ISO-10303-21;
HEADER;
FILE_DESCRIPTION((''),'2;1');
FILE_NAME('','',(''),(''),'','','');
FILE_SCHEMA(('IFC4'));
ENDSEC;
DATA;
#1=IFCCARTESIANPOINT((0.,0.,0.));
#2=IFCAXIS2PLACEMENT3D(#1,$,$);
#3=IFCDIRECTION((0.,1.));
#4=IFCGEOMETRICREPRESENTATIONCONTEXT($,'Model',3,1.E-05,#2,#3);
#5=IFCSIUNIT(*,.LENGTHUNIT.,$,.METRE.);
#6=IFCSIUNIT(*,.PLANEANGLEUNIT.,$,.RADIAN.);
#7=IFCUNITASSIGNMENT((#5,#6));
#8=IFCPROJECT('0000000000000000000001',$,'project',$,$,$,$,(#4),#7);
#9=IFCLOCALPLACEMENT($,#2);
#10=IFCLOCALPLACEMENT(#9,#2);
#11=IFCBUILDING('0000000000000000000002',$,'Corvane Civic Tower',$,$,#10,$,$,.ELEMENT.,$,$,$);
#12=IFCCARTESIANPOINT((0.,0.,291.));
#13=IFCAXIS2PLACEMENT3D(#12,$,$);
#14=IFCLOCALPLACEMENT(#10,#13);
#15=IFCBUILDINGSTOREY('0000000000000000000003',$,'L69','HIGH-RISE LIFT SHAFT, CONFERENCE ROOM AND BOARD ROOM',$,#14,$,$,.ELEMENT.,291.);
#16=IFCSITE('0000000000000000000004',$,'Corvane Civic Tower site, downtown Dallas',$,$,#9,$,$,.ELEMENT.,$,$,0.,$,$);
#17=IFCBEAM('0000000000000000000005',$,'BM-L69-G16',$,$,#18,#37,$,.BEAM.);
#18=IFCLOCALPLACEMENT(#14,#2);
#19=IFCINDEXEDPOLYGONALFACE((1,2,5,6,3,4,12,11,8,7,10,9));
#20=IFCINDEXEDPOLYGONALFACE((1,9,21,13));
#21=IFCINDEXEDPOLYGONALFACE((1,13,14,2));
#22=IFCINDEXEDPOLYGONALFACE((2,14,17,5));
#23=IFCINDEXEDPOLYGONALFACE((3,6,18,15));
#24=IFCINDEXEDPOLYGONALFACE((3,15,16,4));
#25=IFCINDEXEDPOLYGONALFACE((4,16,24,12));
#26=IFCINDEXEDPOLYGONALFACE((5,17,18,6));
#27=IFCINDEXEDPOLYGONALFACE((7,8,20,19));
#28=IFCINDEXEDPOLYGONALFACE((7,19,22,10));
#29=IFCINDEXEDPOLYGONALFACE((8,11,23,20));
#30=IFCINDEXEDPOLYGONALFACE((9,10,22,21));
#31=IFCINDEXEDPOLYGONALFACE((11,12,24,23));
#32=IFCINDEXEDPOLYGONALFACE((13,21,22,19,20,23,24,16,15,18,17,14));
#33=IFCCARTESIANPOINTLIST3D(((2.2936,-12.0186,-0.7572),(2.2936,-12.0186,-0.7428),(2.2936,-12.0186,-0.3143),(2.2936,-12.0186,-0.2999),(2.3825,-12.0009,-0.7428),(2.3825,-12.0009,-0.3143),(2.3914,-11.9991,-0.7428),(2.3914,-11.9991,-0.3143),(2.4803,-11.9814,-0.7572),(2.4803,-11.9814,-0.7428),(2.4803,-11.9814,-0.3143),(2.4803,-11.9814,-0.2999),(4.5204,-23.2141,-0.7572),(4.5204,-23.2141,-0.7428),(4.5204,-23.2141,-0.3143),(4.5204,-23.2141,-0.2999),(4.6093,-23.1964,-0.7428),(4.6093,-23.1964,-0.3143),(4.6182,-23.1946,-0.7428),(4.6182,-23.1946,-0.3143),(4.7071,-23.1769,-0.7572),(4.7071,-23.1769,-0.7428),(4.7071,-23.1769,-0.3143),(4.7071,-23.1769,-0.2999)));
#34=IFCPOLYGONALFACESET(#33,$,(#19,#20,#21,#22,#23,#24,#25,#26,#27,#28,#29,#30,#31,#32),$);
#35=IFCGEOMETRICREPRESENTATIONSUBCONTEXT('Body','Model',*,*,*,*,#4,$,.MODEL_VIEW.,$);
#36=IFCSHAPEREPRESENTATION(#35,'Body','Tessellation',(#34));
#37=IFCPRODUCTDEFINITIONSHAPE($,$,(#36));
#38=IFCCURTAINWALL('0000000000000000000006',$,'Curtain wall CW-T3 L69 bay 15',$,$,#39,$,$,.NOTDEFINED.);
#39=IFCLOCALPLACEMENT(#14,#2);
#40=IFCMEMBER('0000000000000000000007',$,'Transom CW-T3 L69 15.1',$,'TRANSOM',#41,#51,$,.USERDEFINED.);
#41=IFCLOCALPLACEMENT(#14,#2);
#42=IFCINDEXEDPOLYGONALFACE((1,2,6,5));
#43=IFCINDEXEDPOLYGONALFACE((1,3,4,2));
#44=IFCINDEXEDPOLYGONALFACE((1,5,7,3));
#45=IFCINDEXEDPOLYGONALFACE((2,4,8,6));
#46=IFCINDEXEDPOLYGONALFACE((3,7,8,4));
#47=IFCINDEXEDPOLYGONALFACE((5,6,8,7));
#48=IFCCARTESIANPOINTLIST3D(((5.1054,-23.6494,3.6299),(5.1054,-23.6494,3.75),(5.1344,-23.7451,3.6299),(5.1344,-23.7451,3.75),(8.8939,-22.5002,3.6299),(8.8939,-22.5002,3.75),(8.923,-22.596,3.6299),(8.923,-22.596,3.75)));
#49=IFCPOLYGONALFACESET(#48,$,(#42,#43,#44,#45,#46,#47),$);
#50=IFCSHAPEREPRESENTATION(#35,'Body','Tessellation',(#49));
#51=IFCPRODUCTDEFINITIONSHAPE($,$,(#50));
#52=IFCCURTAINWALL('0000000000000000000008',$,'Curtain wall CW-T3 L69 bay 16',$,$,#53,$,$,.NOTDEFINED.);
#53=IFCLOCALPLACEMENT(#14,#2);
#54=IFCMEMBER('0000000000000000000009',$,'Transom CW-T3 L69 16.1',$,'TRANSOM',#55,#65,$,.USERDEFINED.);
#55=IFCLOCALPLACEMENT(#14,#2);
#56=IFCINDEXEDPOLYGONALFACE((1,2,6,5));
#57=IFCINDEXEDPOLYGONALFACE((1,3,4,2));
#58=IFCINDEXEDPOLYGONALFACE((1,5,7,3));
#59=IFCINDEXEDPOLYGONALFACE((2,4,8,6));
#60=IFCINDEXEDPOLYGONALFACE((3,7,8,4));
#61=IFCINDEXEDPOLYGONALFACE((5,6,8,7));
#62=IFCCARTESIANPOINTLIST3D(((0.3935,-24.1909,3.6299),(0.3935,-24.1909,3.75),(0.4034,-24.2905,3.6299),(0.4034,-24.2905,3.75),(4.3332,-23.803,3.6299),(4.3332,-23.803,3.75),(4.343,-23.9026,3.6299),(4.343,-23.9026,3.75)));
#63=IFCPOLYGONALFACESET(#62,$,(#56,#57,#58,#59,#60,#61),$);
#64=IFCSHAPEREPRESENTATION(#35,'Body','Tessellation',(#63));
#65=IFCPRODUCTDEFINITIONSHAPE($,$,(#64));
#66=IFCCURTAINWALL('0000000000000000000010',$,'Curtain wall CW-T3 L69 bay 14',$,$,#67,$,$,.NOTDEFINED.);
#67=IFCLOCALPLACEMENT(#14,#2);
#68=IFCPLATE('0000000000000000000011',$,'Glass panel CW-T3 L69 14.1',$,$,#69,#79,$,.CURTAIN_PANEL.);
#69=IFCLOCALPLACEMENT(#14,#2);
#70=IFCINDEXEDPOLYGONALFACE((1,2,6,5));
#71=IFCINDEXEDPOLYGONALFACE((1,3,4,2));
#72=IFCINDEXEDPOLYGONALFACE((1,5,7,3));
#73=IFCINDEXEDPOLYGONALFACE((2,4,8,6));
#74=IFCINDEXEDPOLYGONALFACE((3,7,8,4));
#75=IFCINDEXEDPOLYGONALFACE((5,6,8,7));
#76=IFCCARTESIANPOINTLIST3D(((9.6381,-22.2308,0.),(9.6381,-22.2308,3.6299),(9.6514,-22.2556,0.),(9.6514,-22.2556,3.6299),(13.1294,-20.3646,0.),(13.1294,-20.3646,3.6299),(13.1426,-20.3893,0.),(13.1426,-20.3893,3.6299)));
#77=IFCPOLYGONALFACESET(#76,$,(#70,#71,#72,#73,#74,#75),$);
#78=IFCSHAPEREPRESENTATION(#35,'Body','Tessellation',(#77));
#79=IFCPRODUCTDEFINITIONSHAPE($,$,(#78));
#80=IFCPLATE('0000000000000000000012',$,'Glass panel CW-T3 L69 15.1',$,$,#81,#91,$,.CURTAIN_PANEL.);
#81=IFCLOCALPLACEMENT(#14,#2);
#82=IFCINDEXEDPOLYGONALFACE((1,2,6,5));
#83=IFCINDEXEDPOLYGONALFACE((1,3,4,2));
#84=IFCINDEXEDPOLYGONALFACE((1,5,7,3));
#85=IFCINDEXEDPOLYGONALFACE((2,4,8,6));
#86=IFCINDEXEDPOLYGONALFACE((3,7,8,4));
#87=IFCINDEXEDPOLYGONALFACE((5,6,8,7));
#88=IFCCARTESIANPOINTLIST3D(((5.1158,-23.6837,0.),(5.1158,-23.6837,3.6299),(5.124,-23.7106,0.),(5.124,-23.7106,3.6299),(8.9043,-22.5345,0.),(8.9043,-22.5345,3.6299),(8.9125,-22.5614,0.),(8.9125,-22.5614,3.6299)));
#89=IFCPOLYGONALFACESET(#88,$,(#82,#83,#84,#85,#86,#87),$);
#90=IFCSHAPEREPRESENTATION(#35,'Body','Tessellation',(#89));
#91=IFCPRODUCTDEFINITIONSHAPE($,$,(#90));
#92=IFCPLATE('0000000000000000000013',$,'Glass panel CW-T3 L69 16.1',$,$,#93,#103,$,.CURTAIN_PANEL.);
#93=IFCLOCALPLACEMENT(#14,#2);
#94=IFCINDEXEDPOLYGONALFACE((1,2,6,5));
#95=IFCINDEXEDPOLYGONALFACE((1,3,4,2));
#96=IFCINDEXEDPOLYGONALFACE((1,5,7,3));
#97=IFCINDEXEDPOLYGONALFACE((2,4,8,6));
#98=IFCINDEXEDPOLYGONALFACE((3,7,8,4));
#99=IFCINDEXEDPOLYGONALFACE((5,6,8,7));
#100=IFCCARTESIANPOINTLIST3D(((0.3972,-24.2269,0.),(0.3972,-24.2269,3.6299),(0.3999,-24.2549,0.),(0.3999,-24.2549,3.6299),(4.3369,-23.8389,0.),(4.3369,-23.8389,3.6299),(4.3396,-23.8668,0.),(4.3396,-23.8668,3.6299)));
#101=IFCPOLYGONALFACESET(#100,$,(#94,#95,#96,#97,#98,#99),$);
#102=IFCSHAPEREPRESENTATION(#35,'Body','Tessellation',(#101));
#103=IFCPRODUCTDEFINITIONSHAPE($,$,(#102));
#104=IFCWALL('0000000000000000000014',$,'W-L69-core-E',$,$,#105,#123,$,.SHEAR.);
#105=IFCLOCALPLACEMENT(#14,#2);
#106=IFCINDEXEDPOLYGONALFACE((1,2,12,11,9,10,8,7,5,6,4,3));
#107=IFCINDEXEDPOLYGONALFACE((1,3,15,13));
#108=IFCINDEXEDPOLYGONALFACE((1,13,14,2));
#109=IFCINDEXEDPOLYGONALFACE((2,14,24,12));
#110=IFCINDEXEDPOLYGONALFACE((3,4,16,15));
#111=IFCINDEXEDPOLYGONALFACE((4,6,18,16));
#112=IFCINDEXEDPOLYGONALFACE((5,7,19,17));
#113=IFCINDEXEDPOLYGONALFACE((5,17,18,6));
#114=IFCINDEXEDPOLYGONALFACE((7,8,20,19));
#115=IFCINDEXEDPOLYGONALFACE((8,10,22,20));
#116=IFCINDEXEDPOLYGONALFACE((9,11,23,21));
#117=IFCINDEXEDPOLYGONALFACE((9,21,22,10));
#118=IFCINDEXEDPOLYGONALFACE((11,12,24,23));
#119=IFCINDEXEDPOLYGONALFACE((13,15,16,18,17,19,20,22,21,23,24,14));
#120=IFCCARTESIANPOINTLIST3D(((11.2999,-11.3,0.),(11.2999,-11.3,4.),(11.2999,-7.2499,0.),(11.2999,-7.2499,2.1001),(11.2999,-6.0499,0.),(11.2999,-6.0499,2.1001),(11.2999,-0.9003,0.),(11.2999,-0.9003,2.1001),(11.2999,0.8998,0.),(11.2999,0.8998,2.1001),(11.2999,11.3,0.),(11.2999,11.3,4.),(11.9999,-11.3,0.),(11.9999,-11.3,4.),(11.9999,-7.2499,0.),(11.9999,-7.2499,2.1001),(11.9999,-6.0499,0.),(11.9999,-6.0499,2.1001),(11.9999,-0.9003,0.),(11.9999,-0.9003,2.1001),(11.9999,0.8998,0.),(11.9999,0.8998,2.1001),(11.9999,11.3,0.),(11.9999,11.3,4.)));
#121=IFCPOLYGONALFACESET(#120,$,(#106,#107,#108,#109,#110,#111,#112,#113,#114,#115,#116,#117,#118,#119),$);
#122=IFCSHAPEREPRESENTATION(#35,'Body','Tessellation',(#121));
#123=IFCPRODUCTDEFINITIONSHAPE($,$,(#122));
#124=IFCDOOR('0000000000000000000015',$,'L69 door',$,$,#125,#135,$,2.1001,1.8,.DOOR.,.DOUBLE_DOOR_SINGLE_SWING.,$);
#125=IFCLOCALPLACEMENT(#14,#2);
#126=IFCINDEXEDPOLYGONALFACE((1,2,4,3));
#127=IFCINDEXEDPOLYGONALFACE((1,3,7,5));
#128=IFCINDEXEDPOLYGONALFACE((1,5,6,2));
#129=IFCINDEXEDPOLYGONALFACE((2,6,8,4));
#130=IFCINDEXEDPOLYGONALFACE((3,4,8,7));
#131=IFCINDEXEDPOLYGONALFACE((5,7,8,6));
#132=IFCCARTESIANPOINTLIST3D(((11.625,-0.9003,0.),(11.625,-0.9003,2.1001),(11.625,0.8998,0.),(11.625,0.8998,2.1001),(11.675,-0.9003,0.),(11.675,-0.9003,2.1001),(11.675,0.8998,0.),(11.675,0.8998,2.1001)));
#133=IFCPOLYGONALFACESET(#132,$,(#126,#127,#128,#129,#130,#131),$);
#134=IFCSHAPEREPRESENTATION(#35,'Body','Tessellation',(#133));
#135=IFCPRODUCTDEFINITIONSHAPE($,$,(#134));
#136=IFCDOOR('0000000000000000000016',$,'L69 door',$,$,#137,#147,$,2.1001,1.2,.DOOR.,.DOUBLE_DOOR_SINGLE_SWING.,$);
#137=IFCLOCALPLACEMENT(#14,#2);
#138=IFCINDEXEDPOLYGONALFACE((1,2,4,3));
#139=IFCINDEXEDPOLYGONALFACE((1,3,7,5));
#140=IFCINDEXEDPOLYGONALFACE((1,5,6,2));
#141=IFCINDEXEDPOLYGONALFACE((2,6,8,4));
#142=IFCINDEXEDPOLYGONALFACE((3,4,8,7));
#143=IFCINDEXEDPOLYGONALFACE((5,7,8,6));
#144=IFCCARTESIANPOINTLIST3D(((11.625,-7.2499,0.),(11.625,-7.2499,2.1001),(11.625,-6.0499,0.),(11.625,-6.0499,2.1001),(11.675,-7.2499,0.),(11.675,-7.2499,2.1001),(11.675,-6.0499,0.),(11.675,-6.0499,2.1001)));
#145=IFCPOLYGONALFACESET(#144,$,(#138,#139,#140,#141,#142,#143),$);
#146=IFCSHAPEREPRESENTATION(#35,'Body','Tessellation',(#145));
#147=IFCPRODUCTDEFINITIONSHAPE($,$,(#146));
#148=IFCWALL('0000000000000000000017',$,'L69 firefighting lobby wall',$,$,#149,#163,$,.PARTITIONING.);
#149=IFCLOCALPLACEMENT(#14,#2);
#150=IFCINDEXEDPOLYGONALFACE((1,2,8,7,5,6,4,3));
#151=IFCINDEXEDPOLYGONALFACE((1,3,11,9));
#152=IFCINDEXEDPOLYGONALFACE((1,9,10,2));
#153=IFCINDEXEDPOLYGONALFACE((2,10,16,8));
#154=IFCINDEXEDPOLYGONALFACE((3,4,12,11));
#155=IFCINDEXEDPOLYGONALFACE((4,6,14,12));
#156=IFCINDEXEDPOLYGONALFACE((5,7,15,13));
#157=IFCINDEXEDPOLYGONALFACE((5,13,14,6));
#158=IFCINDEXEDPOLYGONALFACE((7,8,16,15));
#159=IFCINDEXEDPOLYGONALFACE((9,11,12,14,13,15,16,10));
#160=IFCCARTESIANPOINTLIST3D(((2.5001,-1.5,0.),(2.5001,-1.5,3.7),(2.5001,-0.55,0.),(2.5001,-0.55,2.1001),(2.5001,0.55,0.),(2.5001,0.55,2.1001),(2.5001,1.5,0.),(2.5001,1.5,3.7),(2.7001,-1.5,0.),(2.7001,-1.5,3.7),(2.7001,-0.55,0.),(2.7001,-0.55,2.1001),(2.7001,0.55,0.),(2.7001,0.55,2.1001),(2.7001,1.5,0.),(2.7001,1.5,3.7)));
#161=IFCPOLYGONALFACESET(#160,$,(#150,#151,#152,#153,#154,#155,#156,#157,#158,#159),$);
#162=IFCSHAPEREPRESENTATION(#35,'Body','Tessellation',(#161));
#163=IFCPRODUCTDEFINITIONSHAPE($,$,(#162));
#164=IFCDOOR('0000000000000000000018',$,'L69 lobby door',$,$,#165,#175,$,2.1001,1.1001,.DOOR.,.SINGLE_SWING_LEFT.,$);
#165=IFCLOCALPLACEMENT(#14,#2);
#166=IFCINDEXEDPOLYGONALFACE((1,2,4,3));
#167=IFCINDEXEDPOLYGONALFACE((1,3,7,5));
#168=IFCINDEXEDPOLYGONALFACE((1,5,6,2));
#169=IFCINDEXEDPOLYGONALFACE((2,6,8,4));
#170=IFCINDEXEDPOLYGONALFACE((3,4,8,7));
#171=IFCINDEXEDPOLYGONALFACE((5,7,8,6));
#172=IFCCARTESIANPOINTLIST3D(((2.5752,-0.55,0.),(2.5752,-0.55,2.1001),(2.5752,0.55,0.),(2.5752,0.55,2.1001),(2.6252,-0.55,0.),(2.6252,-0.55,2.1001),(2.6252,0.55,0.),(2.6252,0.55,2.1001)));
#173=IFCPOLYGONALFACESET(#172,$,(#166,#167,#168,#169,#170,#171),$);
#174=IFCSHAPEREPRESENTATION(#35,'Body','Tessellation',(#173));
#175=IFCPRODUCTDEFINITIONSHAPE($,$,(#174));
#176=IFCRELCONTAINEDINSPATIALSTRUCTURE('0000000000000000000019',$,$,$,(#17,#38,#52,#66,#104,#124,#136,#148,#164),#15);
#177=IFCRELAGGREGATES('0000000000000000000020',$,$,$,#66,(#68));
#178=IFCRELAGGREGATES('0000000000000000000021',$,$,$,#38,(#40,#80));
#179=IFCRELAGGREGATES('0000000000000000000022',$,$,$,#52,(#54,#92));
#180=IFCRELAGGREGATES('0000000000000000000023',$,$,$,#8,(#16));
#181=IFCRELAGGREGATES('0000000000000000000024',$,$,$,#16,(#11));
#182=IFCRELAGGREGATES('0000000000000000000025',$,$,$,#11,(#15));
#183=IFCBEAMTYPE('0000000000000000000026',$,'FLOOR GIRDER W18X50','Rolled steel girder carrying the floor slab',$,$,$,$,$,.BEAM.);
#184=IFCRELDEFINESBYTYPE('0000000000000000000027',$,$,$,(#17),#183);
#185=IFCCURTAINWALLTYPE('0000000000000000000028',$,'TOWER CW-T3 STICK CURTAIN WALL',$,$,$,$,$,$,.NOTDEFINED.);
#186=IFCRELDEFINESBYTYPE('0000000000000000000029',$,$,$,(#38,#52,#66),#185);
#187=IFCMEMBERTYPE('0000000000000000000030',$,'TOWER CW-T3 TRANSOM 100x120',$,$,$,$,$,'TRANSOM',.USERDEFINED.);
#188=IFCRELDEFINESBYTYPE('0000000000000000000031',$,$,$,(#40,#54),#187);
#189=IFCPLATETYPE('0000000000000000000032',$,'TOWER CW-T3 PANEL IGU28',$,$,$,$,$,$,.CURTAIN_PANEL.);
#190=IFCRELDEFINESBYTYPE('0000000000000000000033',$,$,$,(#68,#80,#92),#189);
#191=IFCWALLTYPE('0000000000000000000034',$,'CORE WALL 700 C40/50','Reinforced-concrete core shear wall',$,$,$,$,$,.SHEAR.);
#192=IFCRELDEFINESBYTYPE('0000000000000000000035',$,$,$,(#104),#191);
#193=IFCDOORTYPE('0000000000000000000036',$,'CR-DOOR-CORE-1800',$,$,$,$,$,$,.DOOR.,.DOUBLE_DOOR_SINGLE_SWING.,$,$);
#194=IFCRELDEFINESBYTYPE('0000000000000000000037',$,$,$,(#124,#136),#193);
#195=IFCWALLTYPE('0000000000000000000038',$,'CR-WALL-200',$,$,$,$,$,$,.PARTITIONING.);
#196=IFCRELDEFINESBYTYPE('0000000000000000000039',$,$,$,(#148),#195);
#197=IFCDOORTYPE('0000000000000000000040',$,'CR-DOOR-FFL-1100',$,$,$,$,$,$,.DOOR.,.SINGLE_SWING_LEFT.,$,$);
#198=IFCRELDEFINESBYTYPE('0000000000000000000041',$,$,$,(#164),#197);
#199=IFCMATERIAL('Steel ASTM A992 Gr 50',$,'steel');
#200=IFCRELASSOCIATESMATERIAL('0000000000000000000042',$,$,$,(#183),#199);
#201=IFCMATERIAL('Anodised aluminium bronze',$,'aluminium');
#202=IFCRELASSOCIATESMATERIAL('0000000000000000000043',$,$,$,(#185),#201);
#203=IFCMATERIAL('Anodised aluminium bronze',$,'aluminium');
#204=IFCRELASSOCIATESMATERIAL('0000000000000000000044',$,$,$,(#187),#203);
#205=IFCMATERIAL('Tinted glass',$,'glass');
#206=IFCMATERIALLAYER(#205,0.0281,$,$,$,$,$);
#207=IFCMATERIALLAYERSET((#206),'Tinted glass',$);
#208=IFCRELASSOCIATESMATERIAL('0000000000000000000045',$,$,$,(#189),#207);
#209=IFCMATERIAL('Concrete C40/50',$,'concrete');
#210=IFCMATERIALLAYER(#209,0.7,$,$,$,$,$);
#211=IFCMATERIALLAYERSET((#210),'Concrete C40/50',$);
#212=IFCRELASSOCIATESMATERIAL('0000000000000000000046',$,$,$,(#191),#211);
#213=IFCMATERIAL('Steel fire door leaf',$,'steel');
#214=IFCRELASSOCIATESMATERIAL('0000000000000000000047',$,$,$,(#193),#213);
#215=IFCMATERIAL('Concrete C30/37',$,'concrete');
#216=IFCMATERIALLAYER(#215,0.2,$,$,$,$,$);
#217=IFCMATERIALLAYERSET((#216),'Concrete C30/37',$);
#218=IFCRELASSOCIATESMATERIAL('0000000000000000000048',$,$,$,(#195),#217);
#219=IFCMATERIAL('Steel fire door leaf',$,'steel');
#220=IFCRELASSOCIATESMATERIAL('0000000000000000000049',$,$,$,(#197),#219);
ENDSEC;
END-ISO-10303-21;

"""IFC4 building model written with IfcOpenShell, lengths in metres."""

from ifc_helpers import new_model, si_unit, direction, frame, frame_2d, origin, origin_2d, place, context, subcontext, project, spatial, rectangle, i_section, extrude, material, layer, layer_set, material_profile, profile_set, type_object, element, fill, aggregate, save


model = new_model("IFC4")

# Units and contexts
model_context = context("Model", 3, precision=1e-05, world=origin(), true_north=direction((0.0, 1.0)))
body_context = subcontext(model_context, "Body", "Model", "MODEL_VIEW")
ifc_project = project(units=[si_unit("LENGTHUNIT", "METRE"), si_unit("PLANEANGLEUNIT", "RADIAN")], contexts=[model_context])

# Site, building, storey
site_placement = place(None, origin())
site = spatial("IfcSite", under=ifc_project, at=site_placement, Name="Corvane Civic Tower site, downtown Dallas", CompositionType="ELEMENT", RefElevation=0.0)
building_placement = place(site_placement, origin())
building = spatial("IfcBuilding", under=site, at=building_placement, Name="Corvane Civic Tower", CompositionType="ELEMENT")
storey_placement = place(building_placement, frame((0.0, 0.0, 291.0)))
storey = spatial("IfcBuildingStorey", under=building, at=storey_placement, Name="L69", Description="HIGH-RISE LIFT SHAFT, CONFERENCE ROOM AND BOARD ROOM", CompositionType="ELEMENT", Elevation=291.0)

# Beam
ifc_material_1 = material(Name="Steel ASTM A992 Gr 50", Category="steel")
ifc_material_profile_1 = material_profile(ifc_material_1, i_section(OverallWidth=0.1904, OverallDepth=0.4573, WebThickness=0.009, FlangeThickness=0.0144, at=origin_2d()), Name="W18X50")
ifc_profile_set_1 = profile_set([ifc_material_profile_1], Name="Steel ASTM A992 Gr 50")
beam_type_1 = type_object("IfcBeamType", Name="FLOOR GIRDER W18X50", Description="Rolled steel girder carrying the floor slab", PredefinedType="BEAM", material=ifc_profile_set_1)
beam_1_placement = place(storey_placement, frame((2.387, -12.0, -0.5286), z_axis=(0.19508, -0.980787, 0.0), x_axis=(0.980787, 0.19508, 0.0)))
element("IfcBeam", 1, at=beam_1_placement, inside=storey, type_object=beam_type_1, Name="BM-L69-G16", PredefinedType="BEAM", context=body_context, shape_type="SweptSolid", body=[
    extrude(i_section(OverallWidth=0.1904, OverallDepth=0.4573, WebThickness=0.009, FlangeThickness=0.0144, at=origin_2d()), origin(), (0.0, 0.0, 1.0), 11.4148),
])

# Curtain walls, members
ifc_material_2 = material(Name="Anodised aluminium bronze", Category="aluminium")
curtain_wall_type = type_object("IfcCurtainWallType", Name="TOWER CW-T3 STICK CURTAIN WALL", PredefinedType="NOTDEFINED", material=ifc_material_2)
curtain_wall_1_placement = place(storey_placement, origin())
curtain_wall_1 = element("IfcCurtainWall", 2, at=curtain_wall_1_placement, inside=storey, type_object=curtain_wall_type, Name="Curtain wall CW-T3 L69 bay 15", PredefinedType="NOTDEFINED")
ifc_material_3 = material(Name="Anodised aluminium bronze", Category="aluminium")
ifc_material_profile_2 = material_profile(ifc_material_3, rectangle(XDim=0.1001, YDim=0.1201, at=origin_2d()), Name="TOWER CW-T3 TRANSOM 100x120")
ifc_profile_set_2 = profile_set([ifc_material_profile_2], Name="Anodised aluminium bronze")
member_type = type_object("IfcMemberType", Name="TOWER CW-T3 TRANSOM 100x120", ElementType="TRANSOM", PredefinedType="USERDEFINED", material=ifc_profile_set_2)
member_1_placement = place(storey_placement, frame((8.9084, -22.5481, 3.6899), z_axis=(-0.956946, -0.290266, 0.0), x_axis=(0.290266, -0.956946, 0.0)))
member_1 = element("IfcMember", 3, at=member_1_placement, type_object=member_type, Name="Transom CW-T3 L69 15.1", ObjectType="TRANSOM", PredefinedType="USERDEFINED", context=body_context, shape_type="SweptSolid", body=[
    extrude(rectangle(XDim=0.1001, YDim=0.1201, at=origin_2d()), origin(), (0.0, 0.0, 1.0), 3.959),
])
curtain_wall_2_placement = place(storey_placement, origin())
curtain_wall_2 = element("IfcCurtainWall", 4, at=curtain_wall_2_placement, inside=storey, type_object=curtain_wall_type, Name="Curtain wall CW-T3 L69 bay 16", PredefinedType="NOTDEFINED")
member_2_placement = place(storey_placement, frame((4.3381, -23.8528, 3.6899), z_axis=(-0.995187, -0.097995, 0.0), x_axis=(0.097995, -0.995187, 0.0)))
member_2 = element("IfcMember", 5, at=member_2_placement, type_object=member_type, Name="Transom CW-T3 L69 16.1", ObjectType="TRANSOM", PredefinedType="USERDEFINED", context=body_context, shape_type="SweptSolid", body=[
    extrude(rectangle(XDim=0.1001, YDim=0.1201, at=origin_2d()), origin(), (0.0, 0.0, 1.0), 3.9587),
])

# Curtain wall, plate
curtain_wall_3_placement = place(storey_placement, origin())
curtain_wall_3 = element("IfcCurtainWall", 6, at=curtain_wall_3_placement, inside=storey, type_object=curtain_wall_type, Name="Curtain wall CW-T3 L69 bay 14", PredefinedType="NOTDEFINED")
ifc_material_4 = material(Name="Tinted glass", Category="glass")
ifc_layer_1 = layer(ifc_material_4, 0.0281)
ifc_layer_set_1 = layer_set([ifc_layer_1], Name="Tinted glass")
plate_type = type_object("IfcPlateType", Name="TOWER CW-T3 PANEL IGU28", PredefinedType="CURTAIN_PANEL", material=ifc_layer_set_1)
plate_1_placement = place(storey_placement, frame((11.3904, -21.3101, 0.0), z_axis=(0.0, 0.0, 1.0), x_axis=(-0.881908, -0.471421, 0.0)))
plate_1 = element("IfcPlate", 7, at=plate_1_placement, type_object=plate_type, Name="Glass panel CW-T3 L69 14.1", PredefinedType="CURTAIN_PANEL", context=body_context, shape_type="SweptSolid", body=[
    extrude(rectangle(XDim=3.9587, YDim=0.0281, at=origin_2d()), origin(), (0.0, 0.0, 1.0), 3.6299),
])
aggregate(curtain_wall_3, [plate_1])

# Plates
plate_2_placement = place(storey_placement, frame((7.0142, -23.1226, 0.0), z_axis=(0.0, 0.0, 1.0), x_axis=(-0.956944, -0.290274, 0.0)))
plate_2 = element("IfcPlate", 8, at=plate_2_placement, type_object=plate_type, Name="Glass panel CW-T3 L69 15.1", PredefinedType="CURTAIN_PANEL", context=body_context, shape_type="SweptSolid", body=[
    extrude(rectangle(XDim=3.959, YDim=0.0281, at=origin_2d()), origin(), (0.0, 0.0, 1.0), 3.6299),
])
aggregate(curtain_wall_1, [member_1, plate_2])
plate_3_placement = place(storey_placement, frame((2.3684, -24.0469, 0.0), z_axis=(0.0, 0.0, 1.0), x_axis=(-0.995184, -0.098021, 0.0)))
plate_3 = element("IfcPlate", 9, at=plate_3_placement, type_object=plate_type, Name="Glass panel CW-T3 L69 16.1", PredefinedType="CURTAIN_PANEL", context=body_context, shape_type="SweptSolid", body=[
    extrude(rectangle(XDim=3.9587, YDim=0.0281, at=origin_2d()), origin(), (0.0, 0.0, 1.0), 3.6299),
])
aggregate(curtain_wall_2, [member_2, plate_3])

# Wall, openings, doors
ifc_material_5 = material(Name="Concrete C40/50", Category="concrete")
ifc_layer_2 = layer(ifc_material_5, 0.7)
ifc_layer_set_2 = layer_set([ifc_layer_2], Name="Concrete C40/50")
wall_type_1 = type_object("IfcWallType", Name="CORE WALL 700 C40/50", Description="Reinforced-concrete core shear wall", PredefinedType="SHEAR", material=ifc_layer_set_2)
wall_1_placement = place(storey_placement, frame((11.6499, -11.3, 0.0), z_axis=(0.0, 0.0, 1.0), x_axis=(0.0, 1.0, 0.0)))
wall_1 = element("IfcWall", 10, at=wall_1_placement, inside=storey, type_object=wall_type_1, Name="W-L69-core-E", PredefinedType="SHEAR", context=body_context, shape_type="SweptSolid", body=[
    extrude(rectangle(XDim=22.6001, YDim=0.7, at=frame_2d((11.3, 0.0))), origin(), (0.0, 0.0, 1.0), 4.0),
])
opening_1_placement = place(wall_1_placement, frame((10.3999, 0.0, 0.0)))
opening_1 = element("IfcOpeningElement", 11, at=opening_1_placement, cuts=wall_1, PredefinedType="OPENING", context=body_context, shape_type="SweptSolid", body=[
    extrude(rectangle(XDim=1.8, YDim=2.1001, at=frame_2d((0.8999, 1.05))), frame((0.0, 0.3599, 0.0), z_axis=(0.0, -1.0, 0.0), x_axis=(1.0, 0.0, 0.0)), (0.0, 0.0, 1.0), 0.72),
])
opening_2_placement = place(wall_1_placement, frame((4.05, 0.0, 0.0)))
opening_2 = element("IfcOpeningElement", 12, at=opening_2_placement, cuts=wall_1, PredefinedType="OPENING", context=body_context, shape_type="SweptSolid", body=[
    extrude(rectangle(XDim=1.2, YDim=2.1001, at=frame_2d((0.6001, 1.05))), frame((0.0, 0.3599, 0.0), z_axis=(0.0, -1.0, 0.0), x_axis=(1.0, 0.0, 0.0)), (0.0, 0.0, 1.0), 0.72),
])
ifc_material_6 = material(Name="Steel fire door leaf", Category="steel")
door_type_1 = type_object("IfcDoorType", Name="CR-DOOR-CORE-1800", OperationType="DOUBLE_DOOR_SINGLE_SWING", PredefinedType="DOOR", material=ifc_material_6)
door_1_placement = place(opening_1_placement, origin())
door_1 = element("IfcDoor", 13, at=door_1_placement, inside=storey, type_object=door_type_1, Name="L69 door", OperationType="DOUBLE_DOOR_SINGLE_SWING", OverallHeight=2.1001, OverallWidth=1.8, PredefinedType="DOOR", context=body_context, shape_type="SweptSolid", body=[
    extrude(rectangle(XDim=1.8, YDim=2.1001, at=frame_2d((0.8999, 1.05))), frame((0.0, 0.0249, 0.0), z_axis=(0.0, -1.0, 0.0), x_axis=(1.0, 0.0, 0.0)), (0.0, 0.0, 1.0), 0.05),
])
fill(opening_1, door_1)
door_2_placement = place(opening_2_placement, origin())
door_2 = element("IfcDoor", 14, at=door_2_placement, inside=storey, type_object=door_type_1, Name="L69 door", OperationType="DOUBLE_DOOR_SINGLE_SWING", OverallHeight=2.1001, OverallWidth=1.2, PredefinedType="DOOR", context=body_context, shape_type="SweptSolid", body=[
    extrude(rectangle(XDim=1.2, YDim=2.1001, at=frame_2d((0.6001, 1.05))), frame((0.0, 0.0249, 0.0), z_axis=(0.0, -1.0, 0.0), x_axis=(1.0, 0.0, 0.0)), (0.0, 0.0, 1.0), 0.05),
])
fill(opening_2, door_2)

# Wall, opening, door
ifc_material_7 = material(Name="Concrete C30/37", Category="concrete")
ifc_layer_3 = layer(ifc_material_7, 0.2)
ifc_layer_set_3 = layer_set([ifc_layer_3], Name="Concrete C30/37")
wall_type_2 = type_object("IfcWallType", Name="CR-WALL-200", PredefinedType="PARTITIONING", material=ifc_layer_set_3)
wall_2_placement = place(storey_placement, frame((2.6001, -1.5, 0.0), z_axis=(0.0, 0.0, 1.0), x_axis=(0.0, 1.0, 0.0)))
wall_2 = element("IfcWall", 15, at=wall_2_placement, inside=storey, type_object=wall_type_2, Name="L69 firefighting lobby wall", PredefinedType="PARTITIONING", context=body_context, shape_type="SweptSolid", body=[
    extrude(rectangle(XDim=3.0, YDim=0.2, at=frame_2d((1.5, 0.0))), origin(), (0.0, 0.0, 1.0), 3.7),
])
opening_3_placement = place(wall_2_placement, frame((0.95, 0.0, 0.0)))
opening_3 = element("IfcOpeningElement", 16, at=opening_3_placement, cuts=wall_2, PredefinedType="OPENING", context=body_context, shape_type="SweptSolid", body=[
    extrude(rectangle(XDim=1.1001, YDim=2.1001, at=frame_2d((0.55, 1.05))), frame((0.0, 0.1099, 0.0), z_axis=(0.0, -1.0, 0.0), x_axis=(1.0, 0.0, 0.0)), (0.0, 0.0, 1.0), 0.22),
])
ifc_material_8 = material(Name="Steel fire door leaf", Category="steel")
door_type_2 = type_object("IfcDoorType", Name="CR-DOOR-FFL-1100", OperationType="SINGLE_SWING_LEFT", PredefinedType="DOOR", material=ifc_material_8)
door_3_placement = place(opening_3_placement, origin())
door_3 = element("IfcDoor", 17, at=door_3_placement, inside=storey, type_object=door_type_2, Name="L69 lobby door", OperationType="SINGLE_SWING_LEFT", OverallHeight=2.1001, OverallWidth=1.1001, PredefinedType="DOOR", context=body_context, shape_type="SweptSolid", body=[
    extrude(rectangle(XDim=1.1001, YDim=2.1001, at=frame_2d((0.55, 1.05))), frame((0.0, 0.0249, 0.0), z_axis=(0.0, -1.0, 0.0), x_axis=(1.0, 0.0, 0.0)), (0.0, 0.0, 1.0), 0.05),
])
fill(opening_3, door_3)

save(model, "model.ifc")
